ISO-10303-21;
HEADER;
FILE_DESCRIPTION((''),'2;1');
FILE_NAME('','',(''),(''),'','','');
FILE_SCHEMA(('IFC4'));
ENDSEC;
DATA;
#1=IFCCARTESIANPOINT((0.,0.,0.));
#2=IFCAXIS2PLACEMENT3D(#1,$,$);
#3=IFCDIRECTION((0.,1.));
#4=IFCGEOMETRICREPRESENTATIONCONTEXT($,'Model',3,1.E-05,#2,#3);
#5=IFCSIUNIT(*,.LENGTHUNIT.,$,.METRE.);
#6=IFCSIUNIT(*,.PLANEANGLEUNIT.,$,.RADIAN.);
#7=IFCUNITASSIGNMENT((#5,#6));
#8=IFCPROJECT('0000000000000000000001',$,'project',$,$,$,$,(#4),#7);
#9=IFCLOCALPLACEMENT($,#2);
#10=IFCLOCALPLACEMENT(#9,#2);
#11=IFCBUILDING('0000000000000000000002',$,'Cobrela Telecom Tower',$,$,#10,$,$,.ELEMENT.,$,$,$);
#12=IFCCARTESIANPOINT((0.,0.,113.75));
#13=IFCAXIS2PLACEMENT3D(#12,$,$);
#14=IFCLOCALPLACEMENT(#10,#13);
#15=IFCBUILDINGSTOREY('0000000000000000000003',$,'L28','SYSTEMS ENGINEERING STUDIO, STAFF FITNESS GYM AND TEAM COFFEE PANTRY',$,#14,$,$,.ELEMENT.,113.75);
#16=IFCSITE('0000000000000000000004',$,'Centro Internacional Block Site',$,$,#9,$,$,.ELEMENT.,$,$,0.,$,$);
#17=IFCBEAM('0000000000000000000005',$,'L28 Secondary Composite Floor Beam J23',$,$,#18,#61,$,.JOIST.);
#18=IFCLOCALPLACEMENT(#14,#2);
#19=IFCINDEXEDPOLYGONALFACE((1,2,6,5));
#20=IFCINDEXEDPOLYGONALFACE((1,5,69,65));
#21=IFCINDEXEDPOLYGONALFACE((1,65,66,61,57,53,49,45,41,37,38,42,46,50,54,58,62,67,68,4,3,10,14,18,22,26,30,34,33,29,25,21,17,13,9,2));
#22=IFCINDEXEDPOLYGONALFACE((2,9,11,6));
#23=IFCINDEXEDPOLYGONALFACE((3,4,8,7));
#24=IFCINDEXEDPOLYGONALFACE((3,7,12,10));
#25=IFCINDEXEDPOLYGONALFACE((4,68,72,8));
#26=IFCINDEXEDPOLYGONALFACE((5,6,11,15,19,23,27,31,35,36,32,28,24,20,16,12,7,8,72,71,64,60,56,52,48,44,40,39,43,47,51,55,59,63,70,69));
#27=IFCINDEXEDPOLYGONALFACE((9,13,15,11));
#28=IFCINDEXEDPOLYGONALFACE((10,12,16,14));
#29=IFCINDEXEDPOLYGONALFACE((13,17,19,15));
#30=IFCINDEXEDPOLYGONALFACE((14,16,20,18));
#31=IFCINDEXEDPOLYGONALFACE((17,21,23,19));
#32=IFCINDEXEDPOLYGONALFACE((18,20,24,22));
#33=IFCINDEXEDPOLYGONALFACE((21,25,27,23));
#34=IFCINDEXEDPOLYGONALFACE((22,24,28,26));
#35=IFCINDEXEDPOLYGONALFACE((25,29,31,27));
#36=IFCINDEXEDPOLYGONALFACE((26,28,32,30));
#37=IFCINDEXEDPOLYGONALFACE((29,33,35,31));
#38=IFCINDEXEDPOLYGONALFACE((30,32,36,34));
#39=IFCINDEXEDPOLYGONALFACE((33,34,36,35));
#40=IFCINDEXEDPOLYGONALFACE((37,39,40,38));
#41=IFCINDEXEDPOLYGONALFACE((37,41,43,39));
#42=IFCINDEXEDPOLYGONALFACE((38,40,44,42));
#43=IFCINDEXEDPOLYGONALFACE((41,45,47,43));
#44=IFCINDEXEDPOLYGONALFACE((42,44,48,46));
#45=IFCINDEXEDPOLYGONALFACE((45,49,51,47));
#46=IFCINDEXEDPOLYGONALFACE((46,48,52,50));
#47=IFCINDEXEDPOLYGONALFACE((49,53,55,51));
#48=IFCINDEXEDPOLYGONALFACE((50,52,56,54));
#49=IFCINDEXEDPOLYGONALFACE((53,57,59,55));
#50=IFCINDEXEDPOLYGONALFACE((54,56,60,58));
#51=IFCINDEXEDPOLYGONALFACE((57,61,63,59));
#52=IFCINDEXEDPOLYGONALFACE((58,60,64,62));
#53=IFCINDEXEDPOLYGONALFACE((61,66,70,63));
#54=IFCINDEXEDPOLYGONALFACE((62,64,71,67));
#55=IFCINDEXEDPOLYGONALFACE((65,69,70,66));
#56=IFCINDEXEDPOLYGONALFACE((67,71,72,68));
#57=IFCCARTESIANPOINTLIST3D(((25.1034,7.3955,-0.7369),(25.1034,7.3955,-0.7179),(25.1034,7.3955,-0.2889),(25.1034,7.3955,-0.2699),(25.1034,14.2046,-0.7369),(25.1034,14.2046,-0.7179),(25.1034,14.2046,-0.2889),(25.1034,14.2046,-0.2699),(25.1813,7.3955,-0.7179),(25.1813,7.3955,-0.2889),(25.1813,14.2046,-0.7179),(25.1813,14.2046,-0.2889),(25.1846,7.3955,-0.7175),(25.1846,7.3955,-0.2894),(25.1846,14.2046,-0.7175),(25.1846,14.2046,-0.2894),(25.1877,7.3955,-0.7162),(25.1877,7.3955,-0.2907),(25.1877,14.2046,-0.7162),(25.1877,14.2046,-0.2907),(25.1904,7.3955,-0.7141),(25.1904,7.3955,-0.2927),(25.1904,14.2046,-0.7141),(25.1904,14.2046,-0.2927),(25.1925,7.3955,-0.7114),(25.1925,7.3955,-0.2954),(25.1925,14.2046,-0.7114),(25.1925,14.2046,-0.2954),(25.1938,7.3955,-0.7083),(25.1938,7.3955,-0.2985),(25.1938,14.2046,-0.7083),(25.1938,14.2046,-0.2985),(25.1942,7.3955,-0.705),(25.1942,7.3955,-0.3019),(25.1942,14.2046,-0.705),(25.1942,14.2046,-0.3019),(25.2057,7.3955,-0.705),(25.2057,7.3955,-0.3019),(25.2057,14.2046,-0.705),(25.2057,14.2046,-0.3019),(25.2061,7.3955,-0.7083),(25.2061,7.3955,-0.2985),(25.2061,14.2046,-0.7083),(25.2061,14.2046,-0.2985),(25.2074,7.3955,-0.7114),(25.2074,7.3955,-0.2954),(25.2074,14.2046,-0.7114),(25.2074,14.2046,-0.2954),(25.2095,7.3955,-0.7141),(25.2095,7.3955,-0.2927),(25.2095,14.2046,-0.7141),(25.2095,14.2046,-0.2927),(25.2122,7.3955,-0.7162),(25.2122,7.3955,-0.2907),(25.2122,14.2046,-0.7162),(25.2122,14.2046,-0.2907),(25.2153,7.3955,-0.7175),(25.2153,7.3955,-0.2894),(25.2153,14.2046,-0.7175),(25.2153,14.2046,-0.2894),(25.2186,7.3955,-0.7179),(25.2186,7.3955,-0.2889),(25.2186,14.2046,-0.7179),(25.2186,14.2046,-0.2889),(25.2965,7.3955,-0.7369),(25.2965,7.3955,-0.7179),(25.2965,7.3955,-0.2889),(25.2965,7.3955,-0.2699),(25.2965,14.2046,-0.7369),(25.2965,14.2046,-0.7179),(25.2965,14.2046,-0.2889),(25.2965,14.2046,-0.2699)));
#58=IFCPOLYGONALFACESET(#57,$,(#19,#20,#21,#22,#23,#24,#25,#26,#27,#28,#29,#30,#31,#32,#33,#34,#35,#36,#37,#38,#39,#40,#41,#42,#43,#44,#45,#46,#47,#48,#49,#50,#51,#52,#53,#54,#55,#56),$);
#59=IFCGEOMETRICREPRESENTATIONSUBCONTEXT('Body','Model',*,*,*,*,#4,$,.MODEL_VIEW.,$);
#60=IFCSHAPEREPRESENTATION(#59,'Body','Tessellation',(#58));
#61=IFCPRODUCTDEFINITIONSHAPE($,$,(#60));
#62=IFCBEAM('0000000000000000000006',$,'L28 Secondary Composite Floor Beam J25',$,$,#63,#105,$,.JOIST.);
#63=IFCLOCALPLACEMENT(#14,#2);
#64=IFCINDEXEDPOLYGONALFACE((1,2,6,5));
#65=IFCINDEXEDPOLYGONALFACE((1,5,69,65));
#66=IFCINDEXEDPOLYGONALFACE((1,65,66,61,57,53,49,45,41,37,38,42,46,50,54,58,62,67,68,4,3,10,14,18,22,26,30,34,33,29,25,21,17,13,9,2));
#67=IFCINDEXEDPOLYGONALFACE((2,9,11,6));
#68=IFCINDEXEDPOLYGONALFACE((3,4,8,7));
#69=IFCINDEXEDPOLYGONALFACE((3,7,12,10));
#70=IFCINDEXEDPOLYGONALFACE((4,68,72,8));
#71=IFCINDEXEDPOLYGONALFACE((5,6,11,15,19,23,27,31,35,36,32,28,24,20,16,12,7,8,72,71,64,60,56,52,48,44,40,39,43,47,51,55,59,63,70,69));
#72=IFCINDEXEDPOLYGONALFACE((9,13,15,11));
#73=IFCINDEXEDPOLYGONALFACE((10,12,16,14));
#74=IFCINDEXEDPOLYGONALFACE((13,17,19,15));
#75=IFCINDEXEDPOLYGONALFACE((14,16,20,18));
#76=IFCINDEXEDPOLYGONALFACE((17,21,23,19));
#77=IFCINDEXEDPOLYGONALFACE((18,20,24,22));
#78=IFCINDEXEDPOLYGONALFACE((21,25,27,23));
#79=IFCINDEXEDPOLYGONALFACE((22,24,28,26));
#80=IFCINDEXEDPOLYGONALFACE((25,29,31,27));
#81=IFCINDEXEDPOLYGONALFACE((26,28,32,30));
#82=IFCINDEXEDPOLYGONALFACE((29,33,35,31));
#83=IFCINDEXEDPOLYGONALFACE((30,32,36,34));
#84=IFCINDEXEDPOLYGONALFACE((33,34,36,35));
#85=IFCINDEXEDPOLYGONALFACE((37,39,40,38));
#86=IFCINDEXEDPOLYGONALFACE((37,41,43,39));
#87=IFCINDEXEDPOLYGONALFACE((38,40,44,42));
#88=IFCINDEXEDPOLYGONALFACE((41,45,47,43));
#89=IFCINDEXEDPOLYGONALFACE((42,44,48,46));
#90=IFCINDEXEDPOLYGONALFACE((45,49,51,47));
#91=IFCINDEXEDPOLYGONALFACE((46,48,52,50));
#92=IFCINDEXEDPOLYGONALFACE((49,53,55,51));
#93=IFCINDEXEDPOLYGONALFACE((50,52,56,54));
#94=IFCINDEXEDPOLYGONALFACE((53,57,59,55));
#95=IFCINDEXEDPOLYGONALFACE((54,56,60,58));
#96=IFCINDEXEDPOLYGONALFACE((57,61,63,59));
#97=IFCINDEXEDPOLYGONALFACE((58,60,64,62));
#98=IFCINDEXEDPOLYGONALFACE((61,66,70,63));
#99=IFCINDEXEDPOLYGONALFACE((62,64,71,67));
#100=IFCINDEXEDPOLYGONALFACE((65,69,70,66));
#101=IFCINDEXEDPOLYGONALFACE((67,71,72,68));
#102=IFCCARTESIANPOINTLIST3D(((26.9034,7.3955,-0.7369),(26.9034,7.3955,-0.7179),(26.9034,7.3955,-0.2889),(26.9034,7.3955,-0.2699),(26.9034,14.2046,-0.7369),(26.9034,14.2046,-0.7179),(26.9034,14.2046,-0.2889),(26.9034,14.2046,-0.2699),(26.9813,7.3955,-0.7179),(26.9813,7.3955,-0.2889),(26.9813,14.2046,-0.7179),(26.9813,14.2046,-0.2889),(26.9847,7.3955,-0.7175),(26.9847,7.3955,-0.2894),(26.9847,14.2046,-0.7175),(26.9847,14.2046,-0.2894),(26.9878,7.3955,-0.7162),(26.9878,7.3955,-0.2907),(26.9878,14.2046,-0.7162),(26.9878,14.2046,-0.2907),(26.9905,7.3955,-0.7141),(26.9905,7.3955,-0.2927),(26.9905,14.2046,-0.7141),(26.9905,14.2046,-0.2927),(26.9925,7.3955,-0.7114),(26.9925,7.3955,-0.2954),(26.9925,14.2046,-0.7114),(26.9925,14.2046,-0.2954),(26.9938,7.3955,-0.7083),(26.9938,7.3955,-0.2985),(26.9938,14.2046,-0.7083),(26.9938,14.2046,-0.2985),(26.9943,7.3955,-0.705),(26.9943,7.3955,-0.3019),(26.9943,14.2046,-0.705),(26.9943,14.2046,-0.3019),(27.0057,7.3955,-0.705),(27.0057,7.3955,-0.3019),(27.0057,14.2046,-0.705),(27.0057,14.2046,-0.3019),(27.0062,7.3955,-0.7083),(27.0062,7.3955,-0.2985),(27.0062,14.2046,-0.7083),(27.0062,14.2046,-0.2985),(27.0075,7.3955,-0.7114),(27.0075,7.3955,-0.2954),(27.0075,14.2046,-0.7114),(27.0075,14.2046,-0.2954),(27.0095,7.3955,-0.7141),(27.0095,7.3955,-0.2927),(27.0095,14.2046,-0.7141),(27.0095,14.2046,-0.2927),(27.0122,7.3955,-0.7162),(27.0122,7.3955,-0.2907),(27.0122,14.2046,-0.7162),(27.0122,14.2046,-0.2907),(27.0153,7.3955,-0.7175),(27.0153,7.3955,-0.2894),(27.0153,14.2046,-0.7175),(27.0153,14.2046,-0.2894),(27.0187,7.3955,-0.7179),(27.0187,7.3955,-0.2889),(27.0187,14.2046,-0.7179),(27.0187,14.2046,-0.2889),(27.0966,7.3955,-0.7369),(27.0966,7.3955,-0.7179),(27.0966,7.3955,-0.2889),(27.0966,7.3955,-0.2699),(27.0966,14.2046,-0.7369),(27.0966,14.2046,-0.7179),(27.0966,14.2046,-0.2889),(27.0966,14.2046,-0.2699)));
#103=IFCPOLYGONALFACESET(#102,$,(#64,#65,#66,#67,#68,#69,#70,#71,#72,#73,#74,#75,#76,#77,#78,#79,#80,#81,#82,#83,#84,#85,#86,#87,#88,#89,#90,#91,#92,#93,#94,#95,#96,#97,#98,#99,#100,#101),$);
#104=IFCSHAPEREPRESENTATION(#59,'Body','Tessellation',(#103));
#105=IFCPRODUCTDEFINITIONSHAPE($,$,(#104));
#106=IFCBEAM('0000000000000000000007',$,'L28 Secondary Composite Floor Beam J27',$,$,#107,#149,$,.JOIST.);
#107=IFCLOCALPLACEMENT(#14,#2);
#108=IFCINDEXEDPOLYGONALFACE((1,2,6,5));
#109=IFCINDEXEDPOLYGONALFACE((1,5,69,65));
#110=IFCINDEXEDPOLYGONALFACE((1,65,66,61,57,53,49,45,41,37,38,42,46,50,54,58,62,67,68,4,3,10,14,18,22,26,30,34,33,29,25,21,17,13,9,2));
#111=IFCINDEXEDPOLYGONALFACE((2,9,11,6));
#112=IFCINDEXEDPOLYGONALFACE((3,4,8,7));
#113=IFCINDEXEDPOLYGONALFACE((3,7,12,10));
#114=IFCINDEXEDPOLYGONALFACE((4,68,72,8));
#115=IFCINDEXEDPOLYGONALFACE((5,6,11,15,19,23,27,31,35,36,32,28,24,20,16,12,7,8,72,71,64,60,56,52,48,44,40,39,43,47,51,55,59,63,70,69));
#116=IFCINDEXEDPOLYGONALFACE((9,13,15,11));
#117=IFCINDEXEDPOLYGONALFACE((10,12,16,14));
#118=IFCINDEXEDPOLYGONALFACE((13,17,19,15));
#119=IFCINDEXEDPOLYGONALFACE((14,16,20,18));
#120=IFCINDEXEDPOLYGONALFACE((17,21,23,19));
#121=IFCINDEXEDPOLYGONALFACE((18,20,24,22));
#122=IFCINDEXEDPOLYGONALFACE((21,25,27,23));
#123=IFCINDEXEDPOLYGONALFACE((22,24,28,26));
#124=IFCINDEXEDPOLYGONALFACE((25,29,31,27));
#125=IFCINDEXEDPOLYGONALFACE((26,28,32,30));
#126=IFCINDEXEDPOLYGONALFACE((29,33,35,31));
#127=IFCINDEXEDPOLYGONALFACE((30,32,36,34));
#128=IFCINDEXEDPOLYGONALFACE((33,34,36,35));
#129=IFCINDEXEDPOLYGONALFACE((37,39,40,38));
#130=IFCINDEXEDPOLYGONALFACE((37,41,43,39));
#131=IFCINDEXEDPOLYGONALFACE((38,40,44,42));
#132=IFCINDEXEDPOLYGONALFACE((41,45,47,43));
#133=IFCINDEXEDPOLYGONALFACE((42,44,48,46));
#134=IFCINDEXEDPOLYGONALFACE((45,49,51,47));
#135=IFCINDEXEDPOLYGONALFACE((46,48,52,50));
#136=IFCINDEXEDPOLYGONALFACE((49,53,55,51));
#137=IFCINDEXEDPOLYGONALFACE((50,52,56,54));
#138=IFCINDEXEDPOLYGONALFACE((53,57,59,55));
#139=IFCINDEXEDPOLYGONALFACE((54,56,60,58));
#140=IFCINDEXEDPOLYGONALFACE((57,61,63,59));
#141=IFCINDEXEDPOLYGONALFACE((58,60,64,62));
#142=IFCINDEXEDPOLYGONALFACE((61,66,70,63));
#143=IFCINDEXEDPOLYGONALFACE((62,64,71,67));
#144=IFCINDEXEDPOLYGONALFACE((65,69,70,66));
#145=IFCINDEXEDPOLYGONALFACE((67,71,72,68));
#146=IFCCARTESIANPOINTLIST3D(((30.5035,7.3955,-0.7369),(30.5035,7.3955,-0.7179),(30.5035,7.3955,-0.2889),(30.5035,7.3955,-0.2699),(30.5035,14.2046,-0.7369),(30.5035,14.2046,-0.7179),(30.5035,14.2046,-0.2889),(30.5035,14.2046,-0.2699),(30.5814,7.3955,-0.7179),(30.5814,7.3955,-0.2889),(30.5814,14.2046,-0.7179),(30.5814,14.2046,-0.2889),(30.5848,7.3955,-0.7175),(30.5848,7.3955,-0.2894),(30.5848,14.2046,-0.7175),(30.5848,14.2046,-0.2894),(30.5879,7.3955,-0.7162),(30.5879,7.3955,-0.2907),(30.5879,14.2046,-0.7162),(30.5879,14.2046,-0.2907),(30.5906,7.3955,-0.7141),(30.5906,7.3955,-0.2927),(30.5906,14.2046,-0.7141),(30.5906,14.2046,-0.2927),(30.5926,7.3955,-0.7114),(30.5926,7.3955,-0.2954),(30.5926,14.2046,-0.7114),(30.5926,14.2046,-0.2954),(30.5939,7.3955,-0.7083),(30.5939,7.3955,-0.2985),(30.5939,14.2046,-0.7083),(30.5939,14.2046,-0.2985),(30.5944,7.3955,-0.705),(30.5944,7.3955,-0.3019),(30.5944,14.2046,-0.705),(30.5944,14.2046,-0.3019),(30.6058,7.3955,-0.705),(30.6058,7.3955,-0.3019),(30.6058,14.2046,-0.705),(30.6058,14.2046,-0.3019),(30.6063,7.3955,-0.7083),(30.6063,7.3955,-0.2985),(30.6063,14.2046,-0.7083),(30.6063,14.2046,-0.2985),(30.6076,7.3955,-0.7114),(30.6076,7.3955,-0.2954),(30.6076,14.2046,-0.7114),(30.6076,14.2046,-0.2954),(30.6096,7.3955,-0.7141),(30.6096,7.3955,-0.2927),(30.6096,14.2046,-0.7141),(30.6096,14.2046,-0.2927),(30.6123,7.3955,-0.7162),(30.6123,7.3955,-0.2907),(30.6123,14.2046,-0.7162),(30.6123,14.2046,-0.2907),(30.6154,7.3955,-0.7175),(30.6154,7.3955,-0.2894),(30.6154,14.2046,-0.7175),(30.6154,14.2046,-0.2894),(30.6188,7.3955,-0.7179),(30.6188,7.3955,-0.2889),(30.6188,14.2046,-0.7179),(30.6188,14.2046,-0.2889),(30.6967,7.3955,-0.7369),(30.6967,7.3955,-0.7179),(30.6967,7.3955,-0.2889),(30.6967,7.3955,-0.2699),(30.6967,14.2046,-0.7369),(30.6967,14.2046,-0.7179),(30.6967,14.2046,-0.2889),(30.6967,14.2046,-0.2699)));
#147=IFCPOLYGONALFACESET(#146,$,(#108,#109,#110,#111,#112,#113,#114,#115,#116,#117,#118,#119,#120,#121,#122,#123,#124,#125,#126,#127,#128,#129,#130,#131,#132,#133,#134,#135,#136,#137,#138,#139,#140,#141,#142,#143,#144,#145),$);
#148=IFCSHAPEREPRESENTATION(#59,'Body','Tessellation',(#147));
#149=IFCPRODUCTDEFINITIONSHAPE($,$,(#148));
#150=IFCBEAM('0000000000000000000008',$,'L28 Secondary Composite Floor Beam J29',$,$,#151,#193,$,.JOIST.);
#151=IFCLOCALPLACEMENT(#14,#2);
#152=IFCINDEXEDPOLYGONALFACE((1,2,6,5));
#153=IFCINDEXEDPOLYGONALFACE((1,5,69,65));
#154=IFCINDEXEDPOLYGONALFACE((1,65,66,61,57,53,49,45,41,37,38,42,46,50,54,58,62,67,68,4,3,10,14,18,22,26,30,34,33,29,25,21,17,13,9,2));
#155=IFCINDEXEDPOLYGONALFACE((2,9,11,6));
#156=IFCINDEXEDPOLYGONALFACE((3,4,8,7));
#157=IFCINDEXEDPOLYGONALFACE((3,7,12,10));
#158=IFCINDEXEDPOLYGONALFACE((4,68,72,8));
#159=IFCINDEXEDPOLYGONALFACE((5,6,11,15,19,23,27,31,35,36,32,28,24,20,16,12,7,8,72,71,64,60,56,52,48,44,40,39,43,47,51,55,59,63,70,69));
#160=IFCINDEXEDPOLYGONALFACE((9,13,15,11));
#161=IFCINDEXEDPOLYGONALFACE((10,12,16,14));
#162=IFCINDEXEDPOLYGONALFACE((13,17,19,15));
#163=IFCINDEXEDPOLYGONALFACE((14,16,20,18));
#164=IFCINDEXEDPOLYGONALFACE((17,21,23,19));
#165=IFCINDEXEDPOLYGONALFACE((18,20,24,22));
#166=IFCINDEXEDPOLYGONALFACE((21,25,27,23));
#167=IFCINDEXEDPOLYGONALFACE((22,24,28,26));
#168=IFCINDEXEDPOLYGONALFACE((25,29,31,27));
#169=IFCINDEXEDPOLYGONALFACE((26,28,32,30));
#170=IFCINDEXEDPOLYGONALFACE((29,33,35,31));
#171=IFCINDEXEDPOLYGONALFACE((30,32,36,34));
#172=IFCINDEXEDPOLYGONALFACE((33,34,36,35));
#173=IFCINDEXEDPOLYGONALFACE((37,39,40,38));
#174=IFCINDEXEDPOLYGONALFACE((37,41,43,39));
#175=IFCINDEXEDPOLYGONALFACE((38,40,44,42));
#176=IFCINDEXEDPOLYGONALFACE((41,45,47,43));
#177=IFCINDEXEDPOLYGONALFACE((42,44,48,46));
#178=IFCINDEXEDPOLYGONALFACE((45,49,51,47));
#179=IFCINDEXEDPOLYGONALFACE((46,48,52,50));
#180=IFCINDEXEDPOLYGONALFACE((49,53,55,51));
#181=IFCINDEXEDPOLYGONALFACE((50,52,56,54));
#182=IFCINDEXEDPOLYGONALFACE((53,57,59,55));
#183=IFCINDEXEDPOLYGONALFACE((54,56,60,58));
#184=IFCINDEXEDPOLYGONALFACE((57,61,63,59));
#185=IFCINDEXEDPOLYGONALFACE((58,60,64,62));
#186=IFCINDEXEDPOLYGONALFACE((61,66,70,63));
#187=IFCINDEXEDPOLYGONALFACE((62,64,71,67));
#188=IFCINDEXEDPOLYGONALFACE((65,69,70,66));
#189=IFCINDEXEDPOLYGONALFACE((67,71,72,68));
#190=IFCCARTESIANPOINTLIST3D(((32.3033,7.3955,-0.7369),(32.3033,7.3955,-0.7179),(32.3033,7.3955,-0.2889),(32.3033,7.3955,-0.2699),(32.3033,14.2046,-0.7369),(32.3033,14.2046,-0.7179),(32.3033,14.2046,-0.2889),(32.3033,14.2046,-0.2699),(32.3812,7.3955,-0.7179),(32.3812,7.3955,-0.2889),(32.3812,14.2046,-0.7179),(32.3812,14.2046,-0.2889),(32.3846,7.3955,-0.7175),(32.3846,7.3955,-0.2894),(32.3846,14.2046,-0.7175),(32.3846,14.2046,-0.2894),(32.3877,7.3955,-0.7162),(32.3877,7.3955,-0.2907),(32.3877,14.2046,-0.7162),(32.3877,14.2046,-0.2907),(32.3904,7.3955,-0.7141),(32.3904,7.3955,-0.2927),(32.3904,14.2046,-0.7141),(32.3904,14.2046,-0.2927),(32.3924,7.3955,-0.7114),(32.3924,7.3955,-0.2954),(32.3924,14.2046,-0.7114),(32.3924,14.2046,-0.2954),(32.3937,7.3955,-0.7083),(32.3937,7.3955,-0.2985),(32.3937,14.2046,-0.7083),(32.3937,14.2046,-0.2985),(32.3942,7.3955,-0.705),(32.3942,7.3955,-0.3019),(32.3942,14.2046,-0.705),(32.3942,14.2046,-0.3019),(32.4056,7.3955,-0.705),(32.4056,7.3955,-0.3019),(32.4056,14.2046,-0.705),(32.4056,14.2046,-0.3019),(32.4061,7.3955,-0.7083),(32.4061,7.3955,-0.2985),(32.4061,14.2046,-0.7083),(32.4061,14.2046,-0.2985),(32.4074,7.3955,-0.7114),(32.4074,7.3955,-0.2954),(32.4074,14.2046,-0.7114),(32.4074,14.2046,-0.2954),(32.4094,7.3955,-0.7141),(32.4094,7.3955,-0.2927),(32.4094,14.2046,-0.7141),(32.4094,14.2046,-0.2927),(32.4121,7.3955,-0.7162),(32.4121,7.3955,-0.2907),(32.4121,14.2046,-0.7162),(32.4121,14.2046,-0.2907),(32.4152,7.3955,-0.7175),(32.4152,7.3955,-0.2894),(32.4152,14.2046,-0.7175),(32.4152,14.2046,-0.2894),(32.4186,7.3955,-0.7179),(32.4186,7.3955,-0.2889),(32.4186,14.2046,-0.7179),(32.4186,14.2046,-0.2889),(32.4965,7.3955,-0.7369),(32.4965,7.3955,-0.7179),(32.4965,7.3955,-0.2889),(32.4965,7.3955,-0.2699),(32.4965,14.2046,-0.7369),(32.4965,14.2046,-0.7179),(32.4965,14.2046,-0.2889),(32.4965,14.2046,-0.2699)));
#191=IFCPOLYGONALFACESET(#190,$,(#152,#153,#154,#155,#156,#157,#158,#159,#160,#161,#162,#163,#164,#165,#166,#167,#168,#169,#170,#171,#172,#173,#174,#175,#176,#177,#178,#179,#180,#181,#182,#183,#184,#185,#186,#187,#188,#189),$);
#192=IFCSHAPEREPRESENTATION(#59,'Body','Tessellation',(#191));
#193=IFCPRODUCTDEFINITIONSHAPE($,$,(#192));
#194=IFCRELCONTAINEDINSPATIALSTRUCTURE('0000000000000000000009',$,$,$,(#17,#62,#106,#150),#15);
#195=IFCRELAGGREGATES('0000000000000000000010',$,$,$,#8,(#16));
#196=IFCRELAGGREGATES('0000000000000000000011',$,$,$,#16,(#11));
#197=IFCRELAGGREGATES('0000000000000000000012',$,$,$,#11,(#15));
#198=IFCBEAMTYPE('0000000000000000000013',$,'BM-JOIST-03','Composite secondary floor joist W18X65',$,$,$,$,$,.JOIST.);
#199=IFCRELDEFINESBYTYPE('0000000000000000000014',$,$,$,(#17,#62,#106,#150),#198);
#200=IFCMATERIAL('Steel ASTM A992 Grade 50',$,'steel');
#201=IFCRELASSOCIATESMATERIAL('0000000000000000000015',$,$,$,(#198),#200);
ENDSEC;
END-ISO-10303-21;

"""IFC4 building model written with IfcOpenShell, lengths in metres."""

from ifc_helpers import new_model, si_unit, direction, frame, origin, origin_2d, place, context, subcontext, project, spatial, i_section, extrude, material, material_profile, profile_set, type_object, element, save


model = new_model("IFC4")

# Units and contexts
model_context = context("Model", 3, precision=1e-05, world=origin(), true_north=direction((0.0, 1.0)))
body_context = subcontext(model_context, "Body", "Model", "MODEL_VIEW")
ifc_project = project(units=[si_unit("LENGTHUNIT", "METRE"), si_unit("PLANEANGLEUNIT", "RADIAN")], contexts=[model_context])

# Site, building, storey
site_placement = place(None, origin())
site = spatial("IfcSite", under=ifc_project, at=site_placement, Name="Centro Internacional Block Site", CompositionType="ELEMENT", RefElevation=0.0)
building_placement = place(site_placement, origin())
building = spatial("IfcBuilding", under=site, at=building_placement, Name="Cobrela Telecom Tower", CompositionType="ELEMENT")
storey_placement = place(building_placement, frame((0.0, 0.0, 113.75)))
storey = spatial("IfcBuildingStorey", under=building, at=storey_placement, Name="L28", Description="SYSTEMS ENGINEERING STUDIO, STAFF FITNESS GYM AND TEAM COFFEE PANTRY", CompositionType="ELEMENT", Elevation=113.75)

# Shared definitions
ifc_material_1 = material(Name="Steel ASTM A992 Grade 50", Category="steel")

# Beams
ifc_material_profile_1 = material_profile(ifc_material_1, i_section(OverallWidth=0.1931, OverallDepth=0.467, WebThickness=0.0115, FlangeThickness=0.019, FilletRadius=0.0129, at=origin_2d()), Name="W18X65")
ifc_profile_set_1 = profile_set([ifc_material_profile_1], Name="Steel ASTM A992 Grade 50")
beam_type_1 = type_object("IfcBeamType", Name="BM-JOIST-03", Description="Composite secondary floor joist W18X65", PredefinedType="JOIST", material=ifc_profile_set_1)
for number, where, z_axis, x_axis, name in (
    (1, (25.2, 7.3955, -0.5034), (0.0, 1.0, 0.0), (-1.0, 0.0, 0.0), "L28 Secondary Composite Floor Beam J23"),
    (2, (27.0, 7.3955, -0.5034), (0.0, 1.0, 0.0), (-1.0, 0.0, 0.0), "L28 Secondary Composite Floor Beam J25"),
    (3, (30.6001, 7.3955, -0.5034), (0.0, 1.0, 0.0), (-1.0, 0.0, 0.0), "L28 Secondary Composite Floor Beam J27"),
    (4, (32.3999, 7.3955, -0.5034), (0.0, 1.0, 0.0), (-1.0, 0.0, 0.0), "L28 Secondary Composite Floor Beam J29"),
):
    element("IfcBeam", number, at=place(storey_placement, frame(where, z_axis=z_axis, x_axis=x_axis)), inside=storey, type_object=beam_type_1, Name=name, PredefinedType="JOIST", context=body_context, shape_type="SweptSolid", body=[
        extrude(i_section(OverallWidth=0.1931, OverallDepth=0.467, WebThickness=0.0115, FlangeThickness=0.019, FilletRadius=0.0129, at=origin_2d()), origin(), (0.0, 0.0, 1.0), 6.8091),
    ])

save(model, "model.ifc")
